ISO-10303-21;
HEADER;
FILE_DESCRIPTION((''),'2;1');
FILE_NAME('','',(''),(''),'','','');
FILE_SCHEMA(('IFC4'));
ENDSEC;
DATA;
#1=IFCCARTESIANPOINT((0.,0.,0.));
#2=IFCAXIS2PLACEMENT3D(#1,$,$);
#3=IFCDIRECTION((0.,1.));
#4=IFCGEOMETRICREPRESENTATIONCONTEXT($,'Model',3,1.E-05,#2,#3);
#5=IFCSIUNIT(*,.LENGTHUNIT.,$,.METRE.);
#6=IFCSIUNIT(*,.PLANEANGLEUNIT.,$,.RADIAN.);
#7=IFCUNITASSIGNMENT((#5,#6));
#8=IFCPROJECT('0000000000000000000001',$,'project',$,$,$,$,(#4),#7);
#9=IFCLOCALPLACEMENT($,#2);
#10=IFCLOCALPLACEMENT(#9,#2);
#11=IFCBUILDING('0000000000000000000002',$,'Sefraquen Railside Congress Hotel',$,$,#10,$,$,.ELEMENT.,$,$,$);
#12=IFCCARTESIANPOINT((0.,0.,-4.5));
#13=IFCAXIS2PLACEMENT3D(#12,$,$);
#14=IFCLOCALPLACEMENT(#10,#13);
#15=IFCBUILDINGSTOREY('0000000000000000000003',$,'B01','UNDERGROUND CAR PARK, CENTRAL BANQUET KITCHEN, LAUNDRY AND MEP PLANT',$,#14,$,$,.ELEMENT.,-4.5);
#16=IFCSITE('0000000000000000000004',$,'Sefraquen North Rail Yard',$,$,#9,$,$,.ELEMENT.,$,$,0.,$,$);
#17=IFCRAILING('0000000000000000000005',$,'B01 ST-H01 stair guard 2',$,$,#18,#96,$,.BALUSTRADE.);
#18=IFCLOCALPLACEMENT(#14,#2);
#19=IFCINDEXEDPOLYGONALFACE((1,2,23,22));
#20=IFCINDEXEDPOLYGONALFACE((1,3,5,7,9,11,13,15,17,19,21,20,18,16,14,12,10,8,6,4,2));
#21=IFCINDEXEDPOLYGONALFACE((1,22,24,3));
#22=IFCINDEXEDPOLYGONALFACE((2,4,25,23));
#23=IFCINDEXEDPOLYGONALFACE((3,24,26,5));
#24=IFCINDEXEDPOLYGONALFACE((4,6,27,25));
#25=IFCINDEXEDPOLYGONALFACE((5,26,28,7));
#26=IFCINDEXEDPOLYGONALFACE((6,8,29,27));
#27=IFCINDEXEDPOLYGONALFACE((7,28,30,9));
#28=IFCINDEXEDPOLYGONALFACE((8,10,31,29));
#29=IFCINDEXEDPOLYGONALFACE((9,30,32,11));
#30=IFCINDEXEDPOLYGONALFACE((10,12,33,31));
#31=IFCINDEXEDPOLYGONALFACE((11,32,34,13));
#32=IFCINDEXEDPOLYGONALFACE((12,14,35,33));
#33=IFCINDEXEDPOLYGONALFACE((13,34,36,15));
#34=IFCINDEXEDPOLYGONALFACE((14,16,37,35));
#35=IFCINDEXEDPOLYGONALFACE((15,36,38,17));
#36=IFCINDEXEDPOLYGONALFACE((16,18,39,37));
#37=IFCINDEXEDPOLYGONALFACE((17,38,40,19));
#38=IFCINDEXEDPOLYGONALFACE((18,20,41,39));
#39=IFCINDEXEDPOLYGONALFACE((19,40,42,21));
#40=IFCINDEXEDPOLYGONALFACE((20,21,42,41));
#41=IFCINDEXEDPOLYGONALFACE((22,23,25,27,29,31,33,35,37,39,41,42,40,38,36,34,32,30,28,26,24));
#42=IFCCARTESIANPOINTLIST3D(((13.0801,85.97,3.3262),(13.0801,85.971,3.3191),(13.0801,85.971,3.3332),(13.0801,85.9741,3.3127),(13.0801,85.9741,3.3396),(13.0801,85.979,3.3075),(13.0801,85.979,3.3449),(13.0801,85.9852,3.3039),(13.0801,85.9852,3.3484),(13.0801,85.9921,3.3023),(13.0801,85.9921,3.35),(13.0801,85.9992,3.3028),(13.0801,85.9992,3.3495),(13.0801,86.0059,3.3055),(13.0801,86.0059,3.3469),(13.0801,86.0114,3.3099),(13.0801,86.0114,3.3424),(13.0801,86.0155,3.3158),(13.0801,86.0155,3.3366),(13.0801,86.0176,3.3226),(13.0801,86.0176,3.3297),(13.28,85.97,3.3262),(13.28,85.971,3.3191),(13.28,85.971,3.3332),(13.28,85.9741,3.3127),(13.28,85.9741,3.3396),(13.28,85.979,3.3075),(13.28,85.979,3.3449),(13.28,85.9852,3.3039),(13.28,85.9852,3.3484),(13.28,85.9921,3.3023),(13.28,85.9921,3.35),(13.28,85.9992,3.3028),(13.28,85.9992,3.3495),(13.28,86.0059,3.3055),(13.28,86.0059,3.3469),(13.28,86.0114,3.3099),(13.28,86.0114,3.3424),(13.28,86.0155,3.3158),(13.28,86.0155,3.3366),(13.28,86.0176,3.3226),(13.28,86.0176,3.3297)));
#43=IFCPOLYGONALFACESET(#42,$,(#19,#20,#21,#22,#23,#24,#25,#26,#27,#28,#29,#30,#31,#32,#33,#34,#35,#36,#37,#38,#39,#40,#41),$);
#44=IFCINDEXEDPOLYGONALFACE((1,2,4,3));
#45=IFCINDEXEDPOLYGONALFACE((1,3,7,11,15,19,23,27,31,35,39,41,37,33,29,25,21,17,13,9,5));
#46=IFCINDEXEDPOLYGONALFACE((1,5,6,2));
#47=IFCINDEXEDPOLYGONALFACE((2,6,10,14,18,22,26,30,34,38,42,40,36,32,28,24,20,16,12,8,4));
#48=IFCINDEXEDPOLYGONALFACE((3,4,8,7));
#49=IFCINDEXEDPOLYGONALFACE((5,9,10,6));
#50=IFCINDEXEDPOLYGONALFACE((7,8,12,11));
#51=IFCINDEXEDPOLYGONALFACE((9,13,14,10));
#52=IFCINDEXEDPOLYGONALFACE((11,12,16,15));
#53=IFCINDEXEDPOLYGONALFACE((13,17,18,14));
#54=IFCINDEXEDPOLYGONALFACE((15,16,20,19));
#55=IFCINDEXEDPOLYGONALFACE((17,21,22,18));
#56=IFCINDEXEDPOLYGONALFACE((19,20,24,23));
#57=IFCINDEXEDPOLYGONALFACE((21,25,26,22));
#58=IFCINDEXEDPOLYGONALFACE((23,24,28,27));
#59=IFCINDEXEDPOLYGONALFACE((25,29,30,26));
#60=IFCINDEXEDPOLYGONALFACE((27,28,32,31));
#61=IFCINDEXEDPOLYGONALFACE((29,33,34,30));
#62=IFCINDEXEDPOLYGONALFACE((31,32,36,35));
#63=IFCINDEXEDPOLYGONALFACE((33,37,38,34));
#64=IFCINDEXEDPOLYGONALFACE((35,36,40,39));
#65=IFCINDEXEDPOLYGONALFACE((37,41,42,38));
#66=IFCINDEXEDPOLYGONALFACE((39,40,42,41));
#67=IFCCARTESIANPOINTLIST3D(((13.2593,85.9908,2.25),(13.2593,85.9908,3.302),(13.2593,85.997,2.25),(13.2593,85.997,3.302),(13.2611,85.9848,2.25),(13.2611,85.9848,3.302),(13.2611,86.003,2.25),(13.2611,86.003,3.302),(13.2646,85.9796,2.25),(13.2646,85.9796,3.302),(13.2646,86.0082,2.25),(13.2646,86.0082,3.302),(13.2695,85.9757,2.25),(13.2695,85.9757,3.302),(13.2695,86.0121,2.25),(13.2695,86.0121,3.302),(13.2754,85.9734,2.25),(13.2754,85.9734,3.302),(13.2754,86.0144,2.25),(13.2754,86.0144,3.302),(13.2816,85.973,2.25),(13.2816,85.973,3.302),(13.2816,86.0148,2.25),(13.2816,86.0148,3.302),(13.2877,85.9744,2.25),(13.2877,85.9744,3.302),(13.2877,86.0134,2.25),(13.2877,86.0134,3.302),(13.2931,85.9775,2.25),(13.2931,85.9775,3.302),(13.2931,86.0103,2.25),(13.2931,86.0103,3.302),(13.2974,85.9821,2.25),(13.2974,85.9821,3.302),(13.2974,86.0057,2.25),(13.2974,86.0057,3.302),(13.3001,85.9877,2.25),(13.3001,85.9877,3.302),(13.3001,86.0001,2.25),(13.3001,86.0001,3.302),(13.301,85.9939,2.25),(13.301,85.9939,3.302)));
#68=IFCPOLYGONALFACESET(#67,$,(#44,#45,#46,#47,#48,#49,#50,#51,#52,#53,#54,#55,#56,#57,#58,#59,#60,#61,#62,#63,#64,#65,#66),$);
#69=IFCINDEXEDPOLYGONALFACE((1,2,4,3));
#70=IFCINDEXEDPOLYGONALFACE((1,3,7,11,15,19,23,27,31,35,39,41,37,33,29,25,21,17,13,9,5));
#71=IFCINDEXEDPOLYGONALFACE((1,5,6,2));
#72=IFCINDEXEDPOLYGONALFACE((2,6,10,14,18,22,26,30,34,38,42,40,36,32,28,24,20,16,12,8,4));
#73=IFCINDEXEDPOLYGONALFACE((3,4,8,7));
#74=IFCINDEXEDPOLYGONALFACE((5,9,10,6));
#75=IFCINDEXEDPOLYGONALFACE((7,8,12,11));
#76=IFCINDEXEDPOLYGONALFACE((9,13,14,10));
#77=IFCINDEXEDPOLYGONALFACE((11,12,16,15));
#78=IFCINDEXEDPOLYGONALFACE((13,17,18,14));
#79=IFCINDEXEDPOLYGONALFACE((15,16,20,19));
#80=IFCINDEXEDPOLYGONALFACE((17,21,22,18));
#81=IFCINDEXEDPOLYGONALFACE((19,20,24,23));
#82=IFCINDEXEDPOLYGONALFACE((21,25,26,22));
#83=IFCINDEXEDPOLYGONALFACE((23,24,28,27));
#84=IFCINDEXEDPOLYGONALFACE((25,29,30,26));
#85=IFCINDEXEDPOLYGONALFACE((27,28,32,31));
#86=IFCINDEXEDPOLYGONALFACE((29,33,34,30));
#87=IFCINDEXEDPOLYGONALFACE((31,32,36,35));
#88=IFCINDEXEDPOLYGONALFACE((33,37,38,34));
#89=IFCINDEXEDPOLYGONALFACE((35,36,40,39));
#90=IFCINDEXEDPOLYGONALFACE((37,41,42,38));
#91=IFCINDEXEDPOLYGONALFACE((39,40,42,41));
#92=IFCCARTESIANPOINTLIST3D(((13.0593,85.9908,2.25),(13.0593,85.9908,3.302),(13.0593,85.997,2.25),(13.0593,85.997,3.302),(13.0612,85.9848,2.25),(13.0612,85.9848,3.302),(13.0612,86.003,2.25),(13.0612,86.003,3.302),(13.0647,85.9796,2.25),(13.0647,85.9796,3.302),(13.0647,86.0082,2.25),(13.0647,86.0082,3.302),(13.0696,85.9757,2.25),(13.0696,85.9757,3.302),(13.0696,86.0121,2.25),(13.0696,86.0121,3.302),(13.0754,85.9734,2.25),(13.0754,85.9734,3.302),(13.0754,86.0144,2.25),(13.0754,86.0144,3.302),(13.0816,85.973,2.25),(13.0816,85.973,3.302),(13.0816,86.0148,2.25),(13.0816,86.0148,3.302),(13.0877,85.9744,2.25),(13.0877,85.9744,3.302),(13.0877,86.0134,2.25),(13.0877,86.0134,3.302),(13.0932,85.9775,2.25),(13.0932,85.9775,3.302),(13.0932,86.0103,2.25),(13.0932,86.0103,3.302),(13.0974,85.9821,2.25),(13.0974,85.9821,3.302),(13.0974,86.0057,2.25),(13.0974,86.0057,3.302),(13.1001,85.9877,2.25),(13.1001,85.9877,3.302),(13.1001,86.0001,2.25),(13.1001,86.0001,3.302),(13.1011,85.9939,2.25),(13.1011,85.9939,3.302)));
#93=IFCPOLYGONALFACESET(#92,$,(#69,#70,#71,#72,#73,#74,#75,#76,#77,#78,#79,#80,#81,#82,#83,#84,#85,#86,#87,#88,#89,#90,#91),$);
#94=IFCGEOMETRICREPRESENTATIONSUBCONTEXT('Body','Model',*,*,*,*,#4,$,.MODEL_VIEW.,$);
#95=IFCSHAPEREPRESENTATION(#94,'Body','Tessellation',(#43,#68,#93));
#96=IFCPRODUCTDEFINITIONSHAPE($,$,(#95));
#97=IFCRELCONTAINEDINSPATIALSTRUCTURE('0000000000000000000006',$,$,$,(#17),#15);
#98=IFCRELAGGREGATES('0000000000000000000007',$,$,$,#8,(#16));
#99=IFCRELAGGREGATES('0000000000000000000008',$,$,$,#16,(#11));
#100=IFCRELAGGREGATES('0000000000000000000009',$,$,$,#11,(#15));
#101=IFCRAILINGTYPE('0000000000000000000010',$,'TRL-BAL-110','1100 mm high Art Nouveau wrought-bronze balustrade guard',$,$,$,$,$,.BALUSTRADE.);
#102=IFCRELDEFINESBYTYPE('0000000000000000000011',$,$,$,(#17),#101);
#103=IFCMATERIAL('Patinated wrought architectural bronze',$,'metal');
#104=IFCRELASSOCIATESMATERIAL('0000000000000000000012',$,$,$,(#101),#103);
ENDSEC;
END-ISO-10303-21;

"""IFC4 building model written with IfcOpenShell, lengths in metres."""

from ifc_helpers import new_model, si_unit, direction, frame, origin, origin_2d, place, context, subcontext, project, spatial, circle, extrude, material, type_object, element, save


model = new_model("IFC4")

# Units and contexts
model_context = context("Model", 3, precision=1e-05, world=origin(), true_north=direction((0.0, 1.0)))
body_context = subcontext(model_context, "Body", "Model", "MODEL_VIEW")
ifc_project = project(units=[si_unit("LENGTHUNIT", "METRE"), si_unit("PLANEANGLEUNIT", "RADIAN")], contexts=[model_context])

# Site, building, storey
site_placement = place(None, origin())
site = spatial("IfcSite", under=ifc_project, at=site_placement, Name="Sefraquen North Rail Yard", CompositionType="ELEMENT", RefElevation=0.0)
building_placement = place(site_placement, origin())
building = spatial("IfcBuilding", under=site, at=building_placement, Name="Sefraquen Railside Congress Hotel", CompositionType="ELEMENT")
storey_placement = place(building_placement, frame((0.0, 0.0, -4.5)))
storey = spatial("IfcBuildingStorey", under=building, at=storey_placement, Name="B01", Description="UNDERGROUND CAR PARK, CENTRAL BANQUET KITCHEN, LAUNDRY AND MEP PLANT", CompositionType="ELEMENT", Elevation=-4.5)

# Railing
ifc_material_1 = material(Name="Patinated wrought architectural bronze", Category="metal")
railing_type_1 = type_object("IfcRailingType", Name="TRL-BAL-110", Description="1100 mm high Art Nouveau wrought-bronze balustrade guard", PredefinedType="BALUSTRADE", material=ifc_material_1)
railing_1_placement = place(storey_placement, frame((13.28, 85.9939, 2.25)))
element("IfcRailing", 1, at=railing_1_placement, inside=storey, type_object=railing_type_1, Name="B01 ST-H01 stair guard 2", PredefinedType="BALUSTRADE", context=body_context, shape_type="SweptSolid", body=[
    extrude(circle(Radius=0.0239, at=origin_2d()), frame((0.0, 0.0, 1.0762), z_axis=(-1.0, 0.0, 0.0), x_axis=(0.0, -1.0, 0.0)), (0.0, 0.0, 1.0), 0.2),
    extrude(circle(Radius=0.021, at=origin_2d()), origin(), (0.0, 0.0, 1.0), 1.052),
    extrude(circle(Radius=0.021, at=origin_2d()), frame((-0.2, 0.0, 0.0)), (0.0, 0.0, 1.0), 1.052),
])

save(model, "model.ifc")
